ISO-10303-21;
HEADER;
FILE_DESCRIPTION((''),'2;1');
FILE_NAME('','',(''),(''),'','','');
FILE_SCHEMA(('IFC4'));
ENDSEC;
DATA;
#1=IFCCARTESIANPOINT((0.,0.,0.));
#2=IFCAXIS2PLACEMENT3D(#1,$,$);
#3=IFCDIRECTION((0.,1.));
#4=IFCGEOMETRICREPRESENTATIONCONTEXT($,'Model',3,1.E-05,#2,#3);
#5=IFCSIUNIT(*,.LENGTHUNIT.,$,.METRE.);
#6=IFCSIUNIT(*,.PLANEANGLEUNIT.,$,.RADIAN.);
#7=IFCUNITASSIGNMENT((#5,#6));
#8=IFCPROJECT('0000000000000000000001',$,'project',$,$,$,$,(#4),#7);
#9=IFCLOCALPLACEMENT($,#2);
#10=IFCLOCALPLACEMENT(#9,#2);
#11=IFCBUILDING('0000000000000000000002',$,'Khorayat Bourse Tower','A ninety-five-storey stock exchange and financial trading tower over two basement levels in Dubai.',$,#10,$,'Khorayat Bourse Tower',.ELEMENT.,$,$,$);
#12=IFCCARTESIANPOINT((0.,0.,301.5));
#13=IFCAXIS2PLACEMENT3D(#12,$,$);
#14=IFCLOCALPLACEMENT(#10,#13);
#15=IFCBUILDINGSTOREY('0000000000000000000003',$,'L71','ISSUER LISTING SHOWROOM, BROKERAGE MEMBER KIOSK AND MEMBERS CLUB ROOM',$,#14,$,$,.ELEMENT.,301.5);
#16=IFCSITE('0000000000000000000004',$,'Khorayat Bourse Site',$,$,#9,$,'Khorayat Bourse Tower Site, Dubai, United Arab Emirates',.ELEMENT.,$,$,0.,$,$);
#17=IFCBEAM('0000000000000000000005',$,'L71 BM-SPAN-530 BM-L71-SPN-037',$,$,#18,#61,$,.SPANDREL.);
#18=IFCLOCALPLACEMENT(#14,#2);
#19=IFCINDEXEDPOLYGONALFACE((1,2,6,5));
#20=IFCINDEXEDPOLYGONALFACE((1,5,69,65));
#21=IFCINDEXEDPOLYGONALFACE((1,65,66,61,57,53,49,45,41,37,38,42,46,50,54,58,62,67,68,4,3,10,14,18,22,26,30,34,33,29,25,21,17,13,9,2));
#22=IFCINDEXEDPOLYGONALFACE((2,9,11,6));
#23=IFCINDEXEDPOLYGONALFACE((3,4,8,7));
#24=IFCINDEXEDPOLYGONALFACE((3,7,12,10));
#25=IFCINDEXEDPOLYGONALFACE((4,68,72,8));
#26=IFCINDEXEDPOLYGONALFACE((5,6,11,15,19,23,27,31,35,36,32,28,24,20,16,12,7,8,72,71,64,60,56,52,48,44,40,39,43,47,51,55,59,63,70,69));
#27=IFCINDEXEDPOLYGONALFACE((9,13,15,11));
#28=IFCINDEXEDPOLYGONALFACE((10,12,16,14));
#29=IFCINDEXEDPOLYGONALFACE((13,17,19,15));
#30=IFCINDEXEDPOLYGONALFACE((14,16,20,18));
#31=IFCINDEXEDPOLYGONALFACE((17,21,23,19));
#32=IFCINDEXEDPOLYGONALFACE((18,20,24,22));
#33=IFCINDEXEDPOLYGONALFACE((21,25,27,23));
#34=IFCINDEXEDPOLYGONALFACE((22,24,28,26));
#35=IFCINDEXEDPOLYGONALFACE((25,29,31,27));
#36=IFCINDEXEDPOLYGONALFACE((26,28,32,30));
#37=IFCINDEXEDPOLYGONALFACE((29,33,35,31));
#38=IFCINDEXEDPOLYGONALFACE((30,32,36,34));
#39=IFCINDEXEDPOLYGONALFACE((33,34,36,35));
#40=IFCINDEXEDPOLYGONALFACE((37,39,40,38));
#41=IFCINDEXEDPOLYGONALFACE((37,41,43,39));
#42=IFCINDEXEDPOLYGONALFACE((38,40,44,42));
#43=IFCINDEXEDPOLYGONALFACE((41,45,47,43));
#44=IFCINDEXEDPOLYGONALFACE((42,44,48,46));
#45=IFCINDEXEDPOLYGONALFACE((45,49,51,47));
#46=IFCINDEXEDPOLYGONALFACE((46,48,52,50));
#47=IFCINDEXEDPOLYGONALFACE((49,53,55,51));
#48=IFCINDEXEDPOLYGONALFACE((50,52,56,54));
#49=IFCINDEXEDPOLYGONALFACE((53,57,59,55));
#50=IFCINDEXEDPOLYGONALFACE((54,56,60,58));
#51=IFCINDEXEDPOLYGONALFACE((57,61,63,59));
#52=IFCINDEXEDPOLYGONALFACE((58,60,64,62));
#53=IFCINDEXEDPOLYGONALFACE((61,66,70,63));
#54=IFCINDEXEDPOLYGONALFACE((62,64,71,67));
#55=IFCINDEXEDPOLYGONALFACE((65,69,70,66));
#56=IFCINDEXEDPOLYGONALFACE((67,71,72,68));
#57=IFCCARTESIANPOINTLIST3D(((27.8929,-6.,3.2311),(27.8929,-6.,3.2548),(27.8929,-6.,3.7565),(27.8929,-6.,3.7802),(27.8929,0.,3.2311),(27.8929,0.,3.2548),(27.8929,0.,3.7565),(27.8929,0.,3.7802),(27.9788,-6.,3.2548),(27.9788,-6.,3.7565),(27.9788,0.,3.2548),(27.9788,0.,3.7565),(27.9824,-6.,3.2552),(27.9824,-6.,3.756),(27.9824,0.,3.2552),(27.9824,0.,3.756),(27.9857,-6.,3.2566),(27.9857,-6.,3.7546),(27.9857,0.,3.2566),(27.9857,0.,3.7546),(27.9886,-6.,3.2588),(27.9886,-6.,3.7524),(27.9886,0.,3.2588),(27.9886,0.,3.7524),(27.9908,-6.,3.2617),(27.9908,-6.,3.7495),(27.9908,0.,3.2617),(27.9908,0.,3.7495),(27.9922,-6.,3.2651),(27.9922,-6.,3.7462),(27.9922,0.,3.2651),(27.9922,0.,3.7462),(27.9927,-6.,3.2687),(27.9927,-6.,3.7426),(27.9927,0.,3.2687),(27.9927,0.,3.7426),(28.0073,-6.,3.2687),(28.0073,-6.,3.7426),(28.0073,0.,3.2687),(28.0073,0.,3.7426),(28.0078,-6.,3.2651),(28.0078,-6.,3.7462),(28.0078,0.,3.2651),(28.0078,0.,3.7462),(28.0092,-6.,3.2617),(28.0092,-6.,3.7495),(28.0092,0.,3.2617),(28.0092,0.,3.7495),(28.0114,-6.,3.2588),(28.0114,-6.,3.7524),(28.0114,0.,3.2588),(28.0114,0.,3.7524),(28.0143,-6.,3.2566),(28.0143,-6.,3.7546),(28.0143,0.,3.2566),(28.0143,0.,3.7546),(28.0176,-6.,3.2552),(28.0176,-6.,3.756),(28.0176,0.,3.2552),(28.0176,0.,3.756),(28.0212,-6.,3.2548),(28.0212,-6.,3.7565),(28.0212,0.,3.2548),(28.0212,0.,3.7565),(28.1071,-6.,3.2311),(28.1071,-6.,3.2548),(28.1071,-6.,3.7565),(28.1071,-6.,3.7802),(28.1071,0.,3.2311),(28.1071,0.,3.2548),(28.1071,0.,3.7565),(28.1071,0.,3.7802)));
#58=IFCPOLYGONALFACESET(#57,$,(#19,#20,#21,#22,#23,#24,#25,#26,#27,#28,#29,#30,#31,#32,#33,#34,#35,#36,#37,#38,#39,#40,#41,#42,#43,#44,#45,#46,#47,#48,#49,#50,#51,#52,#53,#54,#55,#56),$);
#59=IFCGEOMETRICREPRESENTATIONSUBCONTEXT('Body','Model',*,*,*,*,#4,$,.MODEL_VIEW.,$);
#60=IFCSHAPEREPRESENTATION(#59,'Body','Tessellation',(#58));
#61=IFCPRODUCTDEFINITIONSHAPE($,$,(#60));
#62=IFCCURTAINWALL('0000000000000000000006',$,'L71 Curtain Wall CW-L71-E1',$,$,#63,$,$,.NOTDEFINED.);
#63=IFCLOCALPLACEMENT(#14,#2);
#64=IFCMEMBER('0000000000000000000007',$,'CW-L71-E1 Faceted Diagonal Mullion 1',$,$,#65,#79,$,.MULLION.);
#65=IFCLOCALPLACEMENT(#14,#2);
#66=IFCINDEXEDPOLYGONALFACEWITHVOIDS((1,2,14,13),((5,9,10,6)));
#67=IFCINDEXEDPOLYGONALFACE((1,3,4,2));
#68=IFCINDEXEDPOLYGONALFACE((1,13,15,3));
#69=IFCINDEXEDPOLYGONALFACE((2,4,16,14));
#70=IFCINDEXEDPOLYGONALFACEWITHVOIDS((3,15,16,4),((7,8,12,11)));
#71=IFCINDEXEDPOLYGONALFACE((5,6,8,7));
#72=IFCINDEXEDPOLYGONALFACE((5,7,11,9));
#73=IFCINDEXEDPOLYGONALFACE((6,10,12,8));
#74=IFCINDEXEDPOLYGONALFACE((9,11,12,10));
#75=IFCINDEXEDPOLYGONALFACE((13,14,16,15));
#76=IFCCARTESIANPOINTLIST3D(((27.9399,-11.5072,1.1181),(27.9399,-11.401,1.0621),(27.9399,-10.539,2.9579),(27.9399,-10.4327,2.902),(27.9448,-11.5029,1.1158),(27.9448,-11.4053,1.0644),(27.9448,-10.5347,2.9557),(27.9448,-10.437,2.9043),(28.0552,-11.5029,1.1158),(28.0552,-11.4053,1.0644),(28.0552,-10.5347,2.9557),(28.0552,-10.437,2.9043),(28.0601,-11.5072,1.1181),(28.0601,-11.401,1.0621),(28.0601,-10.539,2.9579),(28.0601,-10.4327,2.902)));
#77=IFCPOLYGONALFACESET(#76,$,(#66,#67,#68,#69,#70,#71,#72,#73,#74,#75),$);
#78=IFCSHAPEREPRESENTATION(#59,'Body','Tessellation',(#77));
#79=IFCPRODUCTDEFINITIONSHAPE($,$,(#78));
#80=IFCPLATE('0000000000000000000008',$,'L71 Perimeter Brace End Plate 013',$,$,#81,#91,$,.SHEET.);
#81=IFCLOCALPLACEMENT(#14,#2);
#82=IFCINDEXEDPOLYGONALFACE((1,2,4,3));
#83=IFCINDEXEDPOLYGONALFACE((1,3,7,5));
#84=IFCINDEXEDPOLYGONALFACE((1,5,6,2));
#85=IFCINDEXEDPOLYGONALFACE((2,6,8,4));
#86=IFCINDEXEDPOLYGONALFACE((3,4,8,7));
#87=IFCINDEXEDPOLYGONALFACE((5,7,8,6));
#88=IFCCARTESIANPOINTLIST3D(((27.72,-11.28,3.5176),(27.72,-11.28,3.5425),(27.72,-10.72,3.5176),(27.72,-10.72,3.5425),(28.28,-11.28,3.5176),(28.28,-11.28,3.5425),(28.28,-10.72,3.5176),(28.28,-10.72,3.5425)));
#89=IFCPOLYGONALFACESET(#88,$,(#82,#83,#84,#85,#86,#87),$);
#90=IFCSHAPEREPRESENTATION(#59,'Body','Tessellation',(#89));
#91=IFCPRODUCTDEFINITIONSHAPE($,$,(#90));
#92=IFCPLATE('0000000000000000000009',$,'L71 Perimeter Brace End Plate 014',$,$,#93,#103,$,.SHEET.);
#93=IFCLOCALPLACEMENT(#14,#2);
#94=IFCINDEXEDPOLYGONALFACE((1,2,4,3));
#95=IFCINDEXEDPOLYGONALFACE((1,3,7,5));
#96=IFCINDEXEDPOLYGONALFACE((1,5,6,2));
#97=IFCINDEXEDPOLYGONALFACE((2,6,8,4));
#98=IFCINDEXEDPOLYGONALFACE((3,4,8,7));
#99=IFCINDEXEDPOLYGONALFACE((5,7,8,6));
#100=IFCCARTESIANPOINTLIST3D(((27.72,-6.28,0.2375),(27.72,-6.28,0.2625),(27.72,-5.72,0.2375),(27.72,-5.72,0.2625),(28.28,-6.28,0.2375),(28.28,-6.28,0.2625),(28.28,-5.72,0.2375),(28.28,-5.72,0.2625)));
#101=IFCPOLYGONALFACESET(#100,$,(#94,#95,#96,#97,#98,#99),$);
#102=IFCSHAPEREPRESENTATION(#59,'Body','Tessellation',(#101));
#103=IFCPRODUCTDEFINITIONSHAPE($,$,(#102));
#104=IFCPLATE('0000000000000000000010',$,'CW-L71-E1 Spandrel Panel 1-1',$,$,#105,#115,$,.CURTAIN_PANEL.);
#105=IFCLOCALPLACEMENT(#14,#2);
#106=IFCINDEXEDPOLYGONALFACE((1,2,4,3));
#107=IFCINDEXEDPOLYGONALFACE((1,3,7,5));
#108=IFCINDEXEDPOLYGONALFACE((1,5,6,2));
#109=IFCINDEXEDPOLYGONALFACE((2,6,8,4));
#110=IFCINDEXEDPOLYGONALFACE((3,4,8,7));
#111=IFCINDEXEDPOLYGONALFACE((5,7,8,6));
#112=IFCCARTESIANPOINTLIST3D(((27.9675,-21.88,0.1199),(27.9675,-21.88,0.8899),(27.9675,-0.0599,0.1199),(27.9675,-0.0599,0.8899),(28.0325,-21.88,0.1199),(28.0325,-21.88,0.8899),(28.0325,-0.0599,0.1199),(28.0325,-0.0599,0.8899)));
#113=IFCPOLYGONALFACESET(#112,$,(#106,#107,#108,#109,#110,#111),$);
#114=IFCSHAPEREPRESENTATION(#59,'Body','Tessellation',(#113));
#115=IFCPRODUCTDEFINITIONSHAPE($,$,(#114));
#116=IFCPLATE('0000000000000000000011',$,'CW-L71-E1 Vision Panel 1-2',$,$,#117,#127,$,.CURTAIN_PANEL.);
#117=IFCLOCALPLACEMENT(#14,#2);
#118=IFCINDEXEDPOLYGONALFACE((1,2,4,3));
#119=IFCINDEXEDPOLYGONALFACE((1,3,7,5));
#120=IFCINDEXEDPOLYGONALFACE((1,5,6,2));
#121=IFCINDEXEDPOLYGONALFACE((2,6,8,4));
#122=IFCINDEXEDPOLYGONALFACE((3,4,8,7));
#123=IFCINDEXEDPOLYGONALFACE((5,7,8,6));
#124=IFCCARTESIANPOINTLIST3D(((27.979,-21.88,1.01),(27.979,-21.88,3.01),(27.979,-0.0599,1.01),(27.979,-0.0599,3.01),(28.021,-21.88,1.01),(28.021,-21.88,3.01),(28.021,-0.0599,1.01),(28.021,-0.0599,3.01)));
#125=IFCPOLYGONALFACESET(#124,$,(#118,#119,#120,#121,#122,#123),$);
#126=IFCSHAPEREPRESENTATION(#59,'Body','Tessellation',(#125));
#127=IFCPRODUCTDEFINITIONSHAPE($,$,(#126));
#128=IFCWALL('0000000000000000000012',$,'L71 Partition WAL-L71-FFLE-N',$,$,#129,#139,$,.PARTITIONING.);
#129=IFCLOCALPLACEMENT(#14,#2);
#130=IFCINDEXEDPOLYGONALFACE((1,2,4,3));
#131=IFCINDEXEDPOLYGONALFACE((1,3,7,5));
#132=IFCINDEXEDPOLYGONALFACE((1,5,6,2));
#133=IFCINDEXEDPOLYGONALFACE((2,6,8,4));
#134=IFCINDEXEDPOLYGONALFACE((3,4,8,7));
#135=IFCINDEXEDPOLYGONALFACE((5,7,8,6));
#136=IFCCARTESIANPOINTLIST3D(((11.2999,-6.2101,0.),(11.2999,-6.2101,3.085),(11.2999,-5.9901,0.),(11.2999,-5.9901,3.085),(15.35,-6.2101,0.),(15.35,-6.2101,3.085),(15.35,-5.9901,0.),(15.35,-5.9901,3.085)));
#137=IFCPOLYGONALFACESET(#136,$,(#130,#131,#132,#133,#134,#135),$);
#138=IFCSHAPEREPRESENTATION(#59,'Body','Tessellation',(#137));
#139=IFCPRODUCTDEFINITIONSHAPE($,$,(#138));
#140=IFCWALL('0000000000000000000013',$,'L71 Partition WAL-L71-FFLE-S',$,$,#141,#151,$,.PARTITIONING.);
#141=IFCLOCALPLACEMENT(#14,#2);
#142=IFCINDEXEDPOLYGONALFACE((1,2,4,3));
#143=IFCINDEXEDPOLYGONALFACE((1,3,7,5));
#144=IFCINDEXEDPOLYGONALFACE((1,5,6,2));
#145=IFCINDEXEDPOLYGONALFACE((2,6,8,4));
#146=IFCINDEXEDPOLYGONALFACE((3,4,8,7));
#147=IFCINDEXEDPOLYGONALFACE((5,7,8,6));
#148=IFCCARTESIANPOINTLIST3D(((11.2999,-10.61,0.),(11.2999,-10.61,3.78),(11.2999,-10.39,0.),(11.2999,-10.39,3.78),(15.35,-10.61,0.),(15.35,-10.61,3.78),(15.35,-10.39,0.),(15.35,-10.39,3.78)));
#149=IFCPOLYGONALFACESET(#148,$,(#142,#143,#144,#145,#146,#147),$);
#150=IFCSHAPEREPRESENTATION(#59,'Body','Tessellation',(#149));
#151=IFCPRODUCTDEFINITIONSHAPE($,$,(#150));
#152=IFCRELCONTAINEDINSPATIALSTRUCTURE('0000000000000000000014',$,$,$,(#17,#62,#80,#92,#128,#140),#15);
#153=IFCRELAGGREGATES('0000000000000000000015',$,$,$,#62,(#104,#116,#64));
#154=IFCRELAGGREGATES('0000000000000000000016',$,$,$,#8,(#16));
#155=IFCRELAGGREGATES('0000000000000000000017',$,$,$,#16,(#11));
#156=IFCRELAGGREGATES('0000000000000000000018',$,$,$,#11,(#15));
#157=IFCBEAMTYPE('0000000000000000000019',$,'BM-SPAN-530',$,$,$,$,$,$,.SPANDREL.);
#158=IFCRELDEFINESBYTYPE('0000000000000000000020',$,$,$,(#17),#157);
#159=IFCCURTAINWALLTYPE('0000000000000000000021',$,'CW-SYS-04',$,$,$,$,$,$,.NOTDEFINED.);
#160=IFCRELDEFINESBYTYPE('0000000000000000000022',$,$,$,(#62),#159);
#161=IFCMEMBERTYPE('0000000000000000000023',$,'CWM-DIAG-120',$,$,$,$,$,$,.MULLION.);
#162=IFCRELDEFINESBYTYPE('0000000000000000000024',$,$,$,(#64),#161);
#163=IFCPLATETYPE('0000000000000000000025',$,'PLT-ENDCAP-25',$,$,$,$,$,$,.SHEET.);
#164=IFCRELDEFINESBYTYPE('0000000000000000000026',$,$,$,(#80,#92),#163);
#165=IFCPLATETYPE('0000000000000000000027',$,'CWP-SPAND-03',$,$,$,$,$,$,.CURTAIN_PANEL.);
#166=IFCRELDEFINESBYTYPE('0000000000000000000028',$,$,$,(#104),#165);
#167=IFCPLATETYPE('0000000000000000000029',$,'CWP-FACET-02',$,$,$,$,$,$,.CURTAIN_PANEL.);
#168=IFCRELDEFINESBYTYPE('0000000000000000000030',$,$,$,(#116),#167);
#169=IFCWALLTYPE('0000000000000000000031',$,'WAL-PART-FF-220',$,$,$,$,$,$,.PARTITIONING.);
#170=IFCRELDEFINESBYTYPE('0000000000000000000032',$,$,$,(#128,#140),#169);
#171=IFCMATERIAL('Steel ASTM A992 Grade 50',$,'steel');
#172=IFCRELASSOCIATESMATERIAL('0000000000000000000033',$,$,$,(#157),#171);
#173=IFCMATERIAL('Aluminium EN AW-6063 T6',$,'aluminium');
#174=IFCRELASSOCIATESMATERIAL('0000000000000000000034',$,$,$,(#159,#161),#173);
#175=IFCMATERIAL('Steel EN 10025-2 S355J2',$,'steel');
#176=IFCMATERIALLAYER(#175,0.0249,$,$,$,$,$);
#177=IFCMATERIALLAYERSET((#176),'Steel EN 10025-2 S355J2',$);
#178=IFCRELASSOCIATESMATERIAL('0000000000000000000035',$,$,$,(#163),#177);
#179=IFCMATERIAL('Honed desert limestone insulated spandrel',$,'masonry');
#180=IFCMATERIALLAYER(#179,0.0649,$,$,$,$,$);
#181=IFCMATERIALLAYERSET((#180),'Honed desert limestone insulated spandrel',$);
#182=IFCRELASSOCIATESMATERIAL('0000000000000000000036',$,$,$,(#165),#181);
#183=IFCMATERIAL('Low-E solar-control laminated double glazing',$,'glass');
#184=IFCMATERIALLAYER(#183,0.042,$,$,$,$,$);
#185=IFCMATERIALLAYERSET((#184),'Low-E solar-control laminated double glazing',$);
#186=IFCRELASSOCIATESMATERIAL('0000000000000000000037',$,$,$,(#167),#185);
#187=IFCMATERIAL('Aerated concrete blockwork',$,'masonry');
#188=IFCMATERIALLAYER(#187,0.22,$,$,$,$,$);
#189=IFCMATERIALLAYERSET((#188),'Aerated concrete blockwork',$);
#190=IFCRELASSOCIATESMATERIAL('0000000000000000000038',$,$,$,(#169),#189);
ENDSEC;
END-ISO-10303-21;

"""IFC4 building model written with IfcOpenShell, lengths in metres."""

from ifc_helpers import new_model, si_unit, direction, frame, frame_2d, origin, origin_2d, place, context, subcontext, project, spatial, rectangle, hollow_rectangle, i_section, extrude, source, transform, mapped, material, layer, layer_set, material_profile, profile_set, type_object, element, aggregate, save


model = new_model("IFC4")

# Units and contexts
model_context = context("Model", 3, precision=1e-05, world=origin(), true_north=direction((0.0, 1.0)))
body_context = subcontext(model_context, "Body", "Model", "MODEL_VIEW")
ifc_project = project(units=[si_unit("LENGTHUNIT", "METRE"), si_unit("PLANEANGLEUNIT", "RADIAN")], contexts=[model_context])

# Site, building, storey
site_placement = place(None, origin())
site = spatial("IfcSite", under=ifc_project, at=site_placement, Name="Khorayat Bourse Site", LongName="Khorayat Bourse Tower Site, Dubai, United Arab Emirates", CompositionType="ELEMENT", RefElevation=0.0)
building_placement = place(site_placement, origin())
building = spatial("IfcBuilding", under=site, at=building_placement, Name="Khorayat Bourse Tower", Description="A ninety-five-storey stock exchange and financial trading tower over two basement levels in Dubai.", LongName="Khorayat Bourse Tower", CompositionType="ELEMENT")
storey_placement = place(building_placement, frame((0.0, 0.0, 301.5)))
storey = spatial("IfcBuildingStorey", under=building, at=storey_placement, Name="L71", Description="ISSUER LISTING SHOWROOM, BROKERAGE MEMBER KIOSK AND MEMBERS CLUB ROOM", CompositionType="ELEMENT", Elevation=301.5)

# Beam
ifc_material_1 = material(Name="Steel ASTM A992 Grade 50", Category="steel")
ifc_material_profile_1 = material_profile(ifc_material_1, i_section(OverallWidth=0.2141, OverallDepth=0.5491, WebThickness=0.0146, FlangeThickness=0.0237, FilletRadius=0.0139, at=origin_2d()), Name="W530X138")
ifc_profile_set_1 = profile_set([ifc_material_profile_1], Name="Steel ASTM A992 Grade 50")
beam_type_1 = type_object("IfcBeamType", Name="BM-SPAN-530", PredefinedType="SPANDREL", material=ifc_profile_set_1)
shared_shape_1 = source(origin(), body_context, "Body", "SweptSolid", [
    extrude(i_section(OverallWidth=0.2141, OverallDepth=0.5491, WebThickness=0.0146, FlangeThickness=0.0237, FilletRadius=0.0139, at=origin_2d()), origin(), (0.0, 0.0, 1.0), 6.0),
])
beam_1_placement = place(storey_placement, frame((28.0, -6.0, 3.5056), z_axis=(0.0, 1.0, 0.0), x_axis=(-1.0, 0.0, 0.0)))
element("IfcBeam", 1, at=beam_1_placement, inside=storey, type_object=beam_type_1, Name="L71 BM-SPAN-530 BM-L71-SPN-037", PredefinedType="SPANDREL", context=body_context, shape_type="MappedRepresentation", body=[
    mapped(shared_shape_1, transform((0.0, 0.0, 0.0), scale=1.0)),
])

# Curtain wall, member
ifc_material_2 = material(Name="Aluminium EN AW-6063 T6", Category="aluminium")
curtain_wall_type = type_object("IfcCurtainWallType", Name="CW-SYS-04", PredefinedType="NOTDEFINED", material=ifc_material_2)
curtain_wall_placement = place(storey_placement, origin())
curtain_wall = element("IfcCurtainWall", 2, at=curtain_wall_placement, inside=storey, type_object=curtain_wall_type, Name="L71 Curtain Wall CW-L71-E1", PredefinedType="NOTDEFINED")
ifc_material_profile_2 = material_profile(ifc_material_2, hollow_rectangle(XDim=0.1201, YDim=0.1201, WallThickness=0.0049, at=origin_2d()), Name="ALU 120x120x5")
ifc_profile_set_2 = profile_set([ifc_material_profile_2], Name="Aluminium EN AW-6063 T6")
member_type_1 = type_object("IfcMemberType", Name="CWM-DIAG-120", PredefinedType="MULLION", material=ifc_profile_set_2)
shared_shape_2 = source(origin(), body_context, "Body", "SweptSolid", [
    extrude(hollow_rectangle(XDim=0.1201, YDim=0.1201, WallThickness=0.0049, at=origin_2d()), origin(), (0.0, 0.0, 1.0), 2.0791),
])
member_1_placement = place(storey_placement, frame((28.0, -11.4541, 1.0901), z_axis=(0.0, 0.465717, 0.884934), x_axis=(-1.0, 0.0, 0.0)))
member_1 = element("IfcMember", 3, at=member_1_placement, type_object=member_type_1, Name="CW-L71-E1 Faceted Diagonal Mullion 1", PredefinedType="MULLION", context=body_context, shape_type="MappedRepresentation", body=[
    mapped(shared_shape_2, transform((0.0, 0.0, 0.0), scale=1.0)),
])

# Plates
ifc_material_3 = material(Name="Steel EN 10025-2 S355J2", Category="steel")
ifc_layer_1 = layer(ifc_material_3, 0.0249)
ifc_layer_set_1 = layer_set([ifc_layer_1], Name="Steel EN 10025-2 S355J2")
plate_type_1 = type_object("IfcPlateType", Name="PLT-ENDCAP-25", PredefinedType="SHEET", material=ifc_layer_set_1)
shared_shape_3 = source(origin(), body_context, "Body", "SweptSolid", [
    extrude(rectangle(XDim=0.5601, YDim=0.5601, at=origin_2d()), origin(), (0.0, 0.0, 1.0), 0.0249),
])
for number, where, z_axis, x_axis, name in (
    (4, (28.0, -11.0, 3.5176), (0.0, 0.0, 1.0), (1.0, 0.0, 0.0), "L71 Perimeter Brace End Plate 013"),
    (5, (28.0, -6.0, 0.2375), (0.0, 0.0, 1.0), (1.0, 0.0, 0.0), "L71 Perimeter Brace End Plate 014"),
):
    element("IfcPlate", number, at=place(storey_placement, frame(where, z_axis=z_axis, x_axis=x_axis)), inside=storey, type_object=plate_type_1, Name=name, PredefinedType="SHEET", context=body_context, shape_type="MappedRepresentation", body=[
        mapped(shared_shape_3, transform((0.0, 0.0, 0.0), scale=1.0)),
    ])

# Plates
ifc_material_4 = material(Name="Honed desert limestone insulated spandrel", Category="masonry")
ifc_layer_2 = layer(ifc_material_4, 0.0649)
ifc_layer_set_2 = layer_set([ifc_layer_2], Name="Honed desert limestone insulated spandrel")
plate_type_2 = type_object("IfcPlateType", Name="CWP-SPAND-03", PredefinedType="CURTAIN_PANEL", material=ifc_layer_set_2)
shared_shape_4 = source(origin(), body_context, "Body", "SweptSolid", [
    extrude(rectangle(XDim=21.8201, YDim=0.0649, at=origin_2d()), origin(), (0.0, 0.0, 1.0), 0.77),
])
plate_1_placement = place(storey_placement, frame((28.0, -10.97, 0.1199), z_axis=(0.0, 0.0, 1.0), x_axis=(0.0, 1.0, 0.0)))
plate_1 = element("IfcPlate", 6, at=plate_1_placement, type_object=plate_type_2, Name="CW-L71-E1 Spandrel Panel 1-1", PredefinedType="CURTAIN_PANEL", context=body_context, shape_type="MappedRepresentation", body=[
    mapped(shared_shape_4, transform((0.0, 0.0, 0.0), scale=1.0)),
])
ifc_material_5 = material(Name="Low-E solar-control laminated double glazing", Category="glass")
ifc_layer_3 = layer(ifc_material_5, 0.042)
ifc_layer_set_3 = layer_set([ifc_layer_3], Name="Low-E solar-control laminated double glazing")
plate_type_3 = type_object("IfcPlateType", Name="CWP-FACET-02", PredefinedType="CURTAIN_PANEL", material=ifc_layer_set_3)
shared_shape_5 = source(origin(), body_context, "Body", "SweptSolid", [
    extrude(rectangle(XDim=21.8201, YDim=0.042, at=origin_2d()), origin(), (0.0, 0.0, 1.0), 2.0),
])
plate_2_placement = place(storey_placement, frame((28.0, -10.97, 1.01), z_axis=(0.0, 0.0, 1.0), x_axis=(0.0, 1.0, 0.0)))
plate_2 = element("IfcPlate", 7, at=plate_2_placement, type_object=plate_type_3, Name="CW-L71-E1 Vision Panel 1-2", PredefinedType="CURTAIN_PANEL", context=body_context, shape_type="MappedRepresentation", body=[
    mapped(shared_shape_5, transform((0.0, 0.0, 0.0), scale=1.0)),
])
aggregate(curtain_wall, [plate_1, plate_2, member_1])

# Walls
ifc_material_6 = material(Name="Aerated concrete blockwork", Category="masonry")
ifc_layer_4 = layer(ifc_material_6, 0.22)
ifc_layer_set_4 = layer_set([ifc_layer_4], Name="Aerated concrete blockwork")
wall_type_1 = type_object("IfcWallType", Name="WAL-PART-FF-220", PredefinedType="PARTITIONING", material=ifc_layer_set_4)
shared_shape_6 = source(origin(), body_context, "Body", "SweptSolid", [
    extrude(rectangle(XDim=4.05, YDim=0.22, at=frame_2d((2.0249, 0.0))), origin(), (0.0, 0.0, 1.0), 3.085),
])
wall_1_placement = place(storey_placement, frame((11.3, -6.1001, 0.0), z_axis=(0.0, 0.0, 1.0), x_axis=(1.0, 0.0, 0.0)))
element("IfcWall", 8, at=wall_1_placement, inside=storey, type_object=wall_type_1, Name="L71 Partition WAL-L71-FFLE-N", PredefinedType="PARTITIONING", context=body_context, shape_type="MappedRepresentation", body=[
    mapped(shared_shape_6, transform((0.0, 0.0, 0.0), scale=1.0)),
])
shared_shape_7 = source(origin(), body_context, "Body", "SweptSolid", [
    extrude(rectangle(XDim=4.05, YDim=0.22, at=frame_2d((2.0249, 0.0))), origin(), (0.0, 0.0, 1.0), 3.78),
])
wall_2_placement = place(storey_placement, frame((11.3, -10.5, 0.0), z_axis=(0.0, 0.0, 1.0), x_axis=(1.0, 0.0, 0.0)))
element("IfcWall", 9, at=wall_2_placement, inside=storey, type_object=wall_type_1, Name="L71 Partition WAL-L71-FFLE-S", PredefinedType="PARTITIONING", context=body_context, shape_type="MappedRepresentation", body=[
    mapped(shared_shape_7, transform((0.0, 0.0, 0.0), scale=1.0)),
])

save(model, "model.ifc")
